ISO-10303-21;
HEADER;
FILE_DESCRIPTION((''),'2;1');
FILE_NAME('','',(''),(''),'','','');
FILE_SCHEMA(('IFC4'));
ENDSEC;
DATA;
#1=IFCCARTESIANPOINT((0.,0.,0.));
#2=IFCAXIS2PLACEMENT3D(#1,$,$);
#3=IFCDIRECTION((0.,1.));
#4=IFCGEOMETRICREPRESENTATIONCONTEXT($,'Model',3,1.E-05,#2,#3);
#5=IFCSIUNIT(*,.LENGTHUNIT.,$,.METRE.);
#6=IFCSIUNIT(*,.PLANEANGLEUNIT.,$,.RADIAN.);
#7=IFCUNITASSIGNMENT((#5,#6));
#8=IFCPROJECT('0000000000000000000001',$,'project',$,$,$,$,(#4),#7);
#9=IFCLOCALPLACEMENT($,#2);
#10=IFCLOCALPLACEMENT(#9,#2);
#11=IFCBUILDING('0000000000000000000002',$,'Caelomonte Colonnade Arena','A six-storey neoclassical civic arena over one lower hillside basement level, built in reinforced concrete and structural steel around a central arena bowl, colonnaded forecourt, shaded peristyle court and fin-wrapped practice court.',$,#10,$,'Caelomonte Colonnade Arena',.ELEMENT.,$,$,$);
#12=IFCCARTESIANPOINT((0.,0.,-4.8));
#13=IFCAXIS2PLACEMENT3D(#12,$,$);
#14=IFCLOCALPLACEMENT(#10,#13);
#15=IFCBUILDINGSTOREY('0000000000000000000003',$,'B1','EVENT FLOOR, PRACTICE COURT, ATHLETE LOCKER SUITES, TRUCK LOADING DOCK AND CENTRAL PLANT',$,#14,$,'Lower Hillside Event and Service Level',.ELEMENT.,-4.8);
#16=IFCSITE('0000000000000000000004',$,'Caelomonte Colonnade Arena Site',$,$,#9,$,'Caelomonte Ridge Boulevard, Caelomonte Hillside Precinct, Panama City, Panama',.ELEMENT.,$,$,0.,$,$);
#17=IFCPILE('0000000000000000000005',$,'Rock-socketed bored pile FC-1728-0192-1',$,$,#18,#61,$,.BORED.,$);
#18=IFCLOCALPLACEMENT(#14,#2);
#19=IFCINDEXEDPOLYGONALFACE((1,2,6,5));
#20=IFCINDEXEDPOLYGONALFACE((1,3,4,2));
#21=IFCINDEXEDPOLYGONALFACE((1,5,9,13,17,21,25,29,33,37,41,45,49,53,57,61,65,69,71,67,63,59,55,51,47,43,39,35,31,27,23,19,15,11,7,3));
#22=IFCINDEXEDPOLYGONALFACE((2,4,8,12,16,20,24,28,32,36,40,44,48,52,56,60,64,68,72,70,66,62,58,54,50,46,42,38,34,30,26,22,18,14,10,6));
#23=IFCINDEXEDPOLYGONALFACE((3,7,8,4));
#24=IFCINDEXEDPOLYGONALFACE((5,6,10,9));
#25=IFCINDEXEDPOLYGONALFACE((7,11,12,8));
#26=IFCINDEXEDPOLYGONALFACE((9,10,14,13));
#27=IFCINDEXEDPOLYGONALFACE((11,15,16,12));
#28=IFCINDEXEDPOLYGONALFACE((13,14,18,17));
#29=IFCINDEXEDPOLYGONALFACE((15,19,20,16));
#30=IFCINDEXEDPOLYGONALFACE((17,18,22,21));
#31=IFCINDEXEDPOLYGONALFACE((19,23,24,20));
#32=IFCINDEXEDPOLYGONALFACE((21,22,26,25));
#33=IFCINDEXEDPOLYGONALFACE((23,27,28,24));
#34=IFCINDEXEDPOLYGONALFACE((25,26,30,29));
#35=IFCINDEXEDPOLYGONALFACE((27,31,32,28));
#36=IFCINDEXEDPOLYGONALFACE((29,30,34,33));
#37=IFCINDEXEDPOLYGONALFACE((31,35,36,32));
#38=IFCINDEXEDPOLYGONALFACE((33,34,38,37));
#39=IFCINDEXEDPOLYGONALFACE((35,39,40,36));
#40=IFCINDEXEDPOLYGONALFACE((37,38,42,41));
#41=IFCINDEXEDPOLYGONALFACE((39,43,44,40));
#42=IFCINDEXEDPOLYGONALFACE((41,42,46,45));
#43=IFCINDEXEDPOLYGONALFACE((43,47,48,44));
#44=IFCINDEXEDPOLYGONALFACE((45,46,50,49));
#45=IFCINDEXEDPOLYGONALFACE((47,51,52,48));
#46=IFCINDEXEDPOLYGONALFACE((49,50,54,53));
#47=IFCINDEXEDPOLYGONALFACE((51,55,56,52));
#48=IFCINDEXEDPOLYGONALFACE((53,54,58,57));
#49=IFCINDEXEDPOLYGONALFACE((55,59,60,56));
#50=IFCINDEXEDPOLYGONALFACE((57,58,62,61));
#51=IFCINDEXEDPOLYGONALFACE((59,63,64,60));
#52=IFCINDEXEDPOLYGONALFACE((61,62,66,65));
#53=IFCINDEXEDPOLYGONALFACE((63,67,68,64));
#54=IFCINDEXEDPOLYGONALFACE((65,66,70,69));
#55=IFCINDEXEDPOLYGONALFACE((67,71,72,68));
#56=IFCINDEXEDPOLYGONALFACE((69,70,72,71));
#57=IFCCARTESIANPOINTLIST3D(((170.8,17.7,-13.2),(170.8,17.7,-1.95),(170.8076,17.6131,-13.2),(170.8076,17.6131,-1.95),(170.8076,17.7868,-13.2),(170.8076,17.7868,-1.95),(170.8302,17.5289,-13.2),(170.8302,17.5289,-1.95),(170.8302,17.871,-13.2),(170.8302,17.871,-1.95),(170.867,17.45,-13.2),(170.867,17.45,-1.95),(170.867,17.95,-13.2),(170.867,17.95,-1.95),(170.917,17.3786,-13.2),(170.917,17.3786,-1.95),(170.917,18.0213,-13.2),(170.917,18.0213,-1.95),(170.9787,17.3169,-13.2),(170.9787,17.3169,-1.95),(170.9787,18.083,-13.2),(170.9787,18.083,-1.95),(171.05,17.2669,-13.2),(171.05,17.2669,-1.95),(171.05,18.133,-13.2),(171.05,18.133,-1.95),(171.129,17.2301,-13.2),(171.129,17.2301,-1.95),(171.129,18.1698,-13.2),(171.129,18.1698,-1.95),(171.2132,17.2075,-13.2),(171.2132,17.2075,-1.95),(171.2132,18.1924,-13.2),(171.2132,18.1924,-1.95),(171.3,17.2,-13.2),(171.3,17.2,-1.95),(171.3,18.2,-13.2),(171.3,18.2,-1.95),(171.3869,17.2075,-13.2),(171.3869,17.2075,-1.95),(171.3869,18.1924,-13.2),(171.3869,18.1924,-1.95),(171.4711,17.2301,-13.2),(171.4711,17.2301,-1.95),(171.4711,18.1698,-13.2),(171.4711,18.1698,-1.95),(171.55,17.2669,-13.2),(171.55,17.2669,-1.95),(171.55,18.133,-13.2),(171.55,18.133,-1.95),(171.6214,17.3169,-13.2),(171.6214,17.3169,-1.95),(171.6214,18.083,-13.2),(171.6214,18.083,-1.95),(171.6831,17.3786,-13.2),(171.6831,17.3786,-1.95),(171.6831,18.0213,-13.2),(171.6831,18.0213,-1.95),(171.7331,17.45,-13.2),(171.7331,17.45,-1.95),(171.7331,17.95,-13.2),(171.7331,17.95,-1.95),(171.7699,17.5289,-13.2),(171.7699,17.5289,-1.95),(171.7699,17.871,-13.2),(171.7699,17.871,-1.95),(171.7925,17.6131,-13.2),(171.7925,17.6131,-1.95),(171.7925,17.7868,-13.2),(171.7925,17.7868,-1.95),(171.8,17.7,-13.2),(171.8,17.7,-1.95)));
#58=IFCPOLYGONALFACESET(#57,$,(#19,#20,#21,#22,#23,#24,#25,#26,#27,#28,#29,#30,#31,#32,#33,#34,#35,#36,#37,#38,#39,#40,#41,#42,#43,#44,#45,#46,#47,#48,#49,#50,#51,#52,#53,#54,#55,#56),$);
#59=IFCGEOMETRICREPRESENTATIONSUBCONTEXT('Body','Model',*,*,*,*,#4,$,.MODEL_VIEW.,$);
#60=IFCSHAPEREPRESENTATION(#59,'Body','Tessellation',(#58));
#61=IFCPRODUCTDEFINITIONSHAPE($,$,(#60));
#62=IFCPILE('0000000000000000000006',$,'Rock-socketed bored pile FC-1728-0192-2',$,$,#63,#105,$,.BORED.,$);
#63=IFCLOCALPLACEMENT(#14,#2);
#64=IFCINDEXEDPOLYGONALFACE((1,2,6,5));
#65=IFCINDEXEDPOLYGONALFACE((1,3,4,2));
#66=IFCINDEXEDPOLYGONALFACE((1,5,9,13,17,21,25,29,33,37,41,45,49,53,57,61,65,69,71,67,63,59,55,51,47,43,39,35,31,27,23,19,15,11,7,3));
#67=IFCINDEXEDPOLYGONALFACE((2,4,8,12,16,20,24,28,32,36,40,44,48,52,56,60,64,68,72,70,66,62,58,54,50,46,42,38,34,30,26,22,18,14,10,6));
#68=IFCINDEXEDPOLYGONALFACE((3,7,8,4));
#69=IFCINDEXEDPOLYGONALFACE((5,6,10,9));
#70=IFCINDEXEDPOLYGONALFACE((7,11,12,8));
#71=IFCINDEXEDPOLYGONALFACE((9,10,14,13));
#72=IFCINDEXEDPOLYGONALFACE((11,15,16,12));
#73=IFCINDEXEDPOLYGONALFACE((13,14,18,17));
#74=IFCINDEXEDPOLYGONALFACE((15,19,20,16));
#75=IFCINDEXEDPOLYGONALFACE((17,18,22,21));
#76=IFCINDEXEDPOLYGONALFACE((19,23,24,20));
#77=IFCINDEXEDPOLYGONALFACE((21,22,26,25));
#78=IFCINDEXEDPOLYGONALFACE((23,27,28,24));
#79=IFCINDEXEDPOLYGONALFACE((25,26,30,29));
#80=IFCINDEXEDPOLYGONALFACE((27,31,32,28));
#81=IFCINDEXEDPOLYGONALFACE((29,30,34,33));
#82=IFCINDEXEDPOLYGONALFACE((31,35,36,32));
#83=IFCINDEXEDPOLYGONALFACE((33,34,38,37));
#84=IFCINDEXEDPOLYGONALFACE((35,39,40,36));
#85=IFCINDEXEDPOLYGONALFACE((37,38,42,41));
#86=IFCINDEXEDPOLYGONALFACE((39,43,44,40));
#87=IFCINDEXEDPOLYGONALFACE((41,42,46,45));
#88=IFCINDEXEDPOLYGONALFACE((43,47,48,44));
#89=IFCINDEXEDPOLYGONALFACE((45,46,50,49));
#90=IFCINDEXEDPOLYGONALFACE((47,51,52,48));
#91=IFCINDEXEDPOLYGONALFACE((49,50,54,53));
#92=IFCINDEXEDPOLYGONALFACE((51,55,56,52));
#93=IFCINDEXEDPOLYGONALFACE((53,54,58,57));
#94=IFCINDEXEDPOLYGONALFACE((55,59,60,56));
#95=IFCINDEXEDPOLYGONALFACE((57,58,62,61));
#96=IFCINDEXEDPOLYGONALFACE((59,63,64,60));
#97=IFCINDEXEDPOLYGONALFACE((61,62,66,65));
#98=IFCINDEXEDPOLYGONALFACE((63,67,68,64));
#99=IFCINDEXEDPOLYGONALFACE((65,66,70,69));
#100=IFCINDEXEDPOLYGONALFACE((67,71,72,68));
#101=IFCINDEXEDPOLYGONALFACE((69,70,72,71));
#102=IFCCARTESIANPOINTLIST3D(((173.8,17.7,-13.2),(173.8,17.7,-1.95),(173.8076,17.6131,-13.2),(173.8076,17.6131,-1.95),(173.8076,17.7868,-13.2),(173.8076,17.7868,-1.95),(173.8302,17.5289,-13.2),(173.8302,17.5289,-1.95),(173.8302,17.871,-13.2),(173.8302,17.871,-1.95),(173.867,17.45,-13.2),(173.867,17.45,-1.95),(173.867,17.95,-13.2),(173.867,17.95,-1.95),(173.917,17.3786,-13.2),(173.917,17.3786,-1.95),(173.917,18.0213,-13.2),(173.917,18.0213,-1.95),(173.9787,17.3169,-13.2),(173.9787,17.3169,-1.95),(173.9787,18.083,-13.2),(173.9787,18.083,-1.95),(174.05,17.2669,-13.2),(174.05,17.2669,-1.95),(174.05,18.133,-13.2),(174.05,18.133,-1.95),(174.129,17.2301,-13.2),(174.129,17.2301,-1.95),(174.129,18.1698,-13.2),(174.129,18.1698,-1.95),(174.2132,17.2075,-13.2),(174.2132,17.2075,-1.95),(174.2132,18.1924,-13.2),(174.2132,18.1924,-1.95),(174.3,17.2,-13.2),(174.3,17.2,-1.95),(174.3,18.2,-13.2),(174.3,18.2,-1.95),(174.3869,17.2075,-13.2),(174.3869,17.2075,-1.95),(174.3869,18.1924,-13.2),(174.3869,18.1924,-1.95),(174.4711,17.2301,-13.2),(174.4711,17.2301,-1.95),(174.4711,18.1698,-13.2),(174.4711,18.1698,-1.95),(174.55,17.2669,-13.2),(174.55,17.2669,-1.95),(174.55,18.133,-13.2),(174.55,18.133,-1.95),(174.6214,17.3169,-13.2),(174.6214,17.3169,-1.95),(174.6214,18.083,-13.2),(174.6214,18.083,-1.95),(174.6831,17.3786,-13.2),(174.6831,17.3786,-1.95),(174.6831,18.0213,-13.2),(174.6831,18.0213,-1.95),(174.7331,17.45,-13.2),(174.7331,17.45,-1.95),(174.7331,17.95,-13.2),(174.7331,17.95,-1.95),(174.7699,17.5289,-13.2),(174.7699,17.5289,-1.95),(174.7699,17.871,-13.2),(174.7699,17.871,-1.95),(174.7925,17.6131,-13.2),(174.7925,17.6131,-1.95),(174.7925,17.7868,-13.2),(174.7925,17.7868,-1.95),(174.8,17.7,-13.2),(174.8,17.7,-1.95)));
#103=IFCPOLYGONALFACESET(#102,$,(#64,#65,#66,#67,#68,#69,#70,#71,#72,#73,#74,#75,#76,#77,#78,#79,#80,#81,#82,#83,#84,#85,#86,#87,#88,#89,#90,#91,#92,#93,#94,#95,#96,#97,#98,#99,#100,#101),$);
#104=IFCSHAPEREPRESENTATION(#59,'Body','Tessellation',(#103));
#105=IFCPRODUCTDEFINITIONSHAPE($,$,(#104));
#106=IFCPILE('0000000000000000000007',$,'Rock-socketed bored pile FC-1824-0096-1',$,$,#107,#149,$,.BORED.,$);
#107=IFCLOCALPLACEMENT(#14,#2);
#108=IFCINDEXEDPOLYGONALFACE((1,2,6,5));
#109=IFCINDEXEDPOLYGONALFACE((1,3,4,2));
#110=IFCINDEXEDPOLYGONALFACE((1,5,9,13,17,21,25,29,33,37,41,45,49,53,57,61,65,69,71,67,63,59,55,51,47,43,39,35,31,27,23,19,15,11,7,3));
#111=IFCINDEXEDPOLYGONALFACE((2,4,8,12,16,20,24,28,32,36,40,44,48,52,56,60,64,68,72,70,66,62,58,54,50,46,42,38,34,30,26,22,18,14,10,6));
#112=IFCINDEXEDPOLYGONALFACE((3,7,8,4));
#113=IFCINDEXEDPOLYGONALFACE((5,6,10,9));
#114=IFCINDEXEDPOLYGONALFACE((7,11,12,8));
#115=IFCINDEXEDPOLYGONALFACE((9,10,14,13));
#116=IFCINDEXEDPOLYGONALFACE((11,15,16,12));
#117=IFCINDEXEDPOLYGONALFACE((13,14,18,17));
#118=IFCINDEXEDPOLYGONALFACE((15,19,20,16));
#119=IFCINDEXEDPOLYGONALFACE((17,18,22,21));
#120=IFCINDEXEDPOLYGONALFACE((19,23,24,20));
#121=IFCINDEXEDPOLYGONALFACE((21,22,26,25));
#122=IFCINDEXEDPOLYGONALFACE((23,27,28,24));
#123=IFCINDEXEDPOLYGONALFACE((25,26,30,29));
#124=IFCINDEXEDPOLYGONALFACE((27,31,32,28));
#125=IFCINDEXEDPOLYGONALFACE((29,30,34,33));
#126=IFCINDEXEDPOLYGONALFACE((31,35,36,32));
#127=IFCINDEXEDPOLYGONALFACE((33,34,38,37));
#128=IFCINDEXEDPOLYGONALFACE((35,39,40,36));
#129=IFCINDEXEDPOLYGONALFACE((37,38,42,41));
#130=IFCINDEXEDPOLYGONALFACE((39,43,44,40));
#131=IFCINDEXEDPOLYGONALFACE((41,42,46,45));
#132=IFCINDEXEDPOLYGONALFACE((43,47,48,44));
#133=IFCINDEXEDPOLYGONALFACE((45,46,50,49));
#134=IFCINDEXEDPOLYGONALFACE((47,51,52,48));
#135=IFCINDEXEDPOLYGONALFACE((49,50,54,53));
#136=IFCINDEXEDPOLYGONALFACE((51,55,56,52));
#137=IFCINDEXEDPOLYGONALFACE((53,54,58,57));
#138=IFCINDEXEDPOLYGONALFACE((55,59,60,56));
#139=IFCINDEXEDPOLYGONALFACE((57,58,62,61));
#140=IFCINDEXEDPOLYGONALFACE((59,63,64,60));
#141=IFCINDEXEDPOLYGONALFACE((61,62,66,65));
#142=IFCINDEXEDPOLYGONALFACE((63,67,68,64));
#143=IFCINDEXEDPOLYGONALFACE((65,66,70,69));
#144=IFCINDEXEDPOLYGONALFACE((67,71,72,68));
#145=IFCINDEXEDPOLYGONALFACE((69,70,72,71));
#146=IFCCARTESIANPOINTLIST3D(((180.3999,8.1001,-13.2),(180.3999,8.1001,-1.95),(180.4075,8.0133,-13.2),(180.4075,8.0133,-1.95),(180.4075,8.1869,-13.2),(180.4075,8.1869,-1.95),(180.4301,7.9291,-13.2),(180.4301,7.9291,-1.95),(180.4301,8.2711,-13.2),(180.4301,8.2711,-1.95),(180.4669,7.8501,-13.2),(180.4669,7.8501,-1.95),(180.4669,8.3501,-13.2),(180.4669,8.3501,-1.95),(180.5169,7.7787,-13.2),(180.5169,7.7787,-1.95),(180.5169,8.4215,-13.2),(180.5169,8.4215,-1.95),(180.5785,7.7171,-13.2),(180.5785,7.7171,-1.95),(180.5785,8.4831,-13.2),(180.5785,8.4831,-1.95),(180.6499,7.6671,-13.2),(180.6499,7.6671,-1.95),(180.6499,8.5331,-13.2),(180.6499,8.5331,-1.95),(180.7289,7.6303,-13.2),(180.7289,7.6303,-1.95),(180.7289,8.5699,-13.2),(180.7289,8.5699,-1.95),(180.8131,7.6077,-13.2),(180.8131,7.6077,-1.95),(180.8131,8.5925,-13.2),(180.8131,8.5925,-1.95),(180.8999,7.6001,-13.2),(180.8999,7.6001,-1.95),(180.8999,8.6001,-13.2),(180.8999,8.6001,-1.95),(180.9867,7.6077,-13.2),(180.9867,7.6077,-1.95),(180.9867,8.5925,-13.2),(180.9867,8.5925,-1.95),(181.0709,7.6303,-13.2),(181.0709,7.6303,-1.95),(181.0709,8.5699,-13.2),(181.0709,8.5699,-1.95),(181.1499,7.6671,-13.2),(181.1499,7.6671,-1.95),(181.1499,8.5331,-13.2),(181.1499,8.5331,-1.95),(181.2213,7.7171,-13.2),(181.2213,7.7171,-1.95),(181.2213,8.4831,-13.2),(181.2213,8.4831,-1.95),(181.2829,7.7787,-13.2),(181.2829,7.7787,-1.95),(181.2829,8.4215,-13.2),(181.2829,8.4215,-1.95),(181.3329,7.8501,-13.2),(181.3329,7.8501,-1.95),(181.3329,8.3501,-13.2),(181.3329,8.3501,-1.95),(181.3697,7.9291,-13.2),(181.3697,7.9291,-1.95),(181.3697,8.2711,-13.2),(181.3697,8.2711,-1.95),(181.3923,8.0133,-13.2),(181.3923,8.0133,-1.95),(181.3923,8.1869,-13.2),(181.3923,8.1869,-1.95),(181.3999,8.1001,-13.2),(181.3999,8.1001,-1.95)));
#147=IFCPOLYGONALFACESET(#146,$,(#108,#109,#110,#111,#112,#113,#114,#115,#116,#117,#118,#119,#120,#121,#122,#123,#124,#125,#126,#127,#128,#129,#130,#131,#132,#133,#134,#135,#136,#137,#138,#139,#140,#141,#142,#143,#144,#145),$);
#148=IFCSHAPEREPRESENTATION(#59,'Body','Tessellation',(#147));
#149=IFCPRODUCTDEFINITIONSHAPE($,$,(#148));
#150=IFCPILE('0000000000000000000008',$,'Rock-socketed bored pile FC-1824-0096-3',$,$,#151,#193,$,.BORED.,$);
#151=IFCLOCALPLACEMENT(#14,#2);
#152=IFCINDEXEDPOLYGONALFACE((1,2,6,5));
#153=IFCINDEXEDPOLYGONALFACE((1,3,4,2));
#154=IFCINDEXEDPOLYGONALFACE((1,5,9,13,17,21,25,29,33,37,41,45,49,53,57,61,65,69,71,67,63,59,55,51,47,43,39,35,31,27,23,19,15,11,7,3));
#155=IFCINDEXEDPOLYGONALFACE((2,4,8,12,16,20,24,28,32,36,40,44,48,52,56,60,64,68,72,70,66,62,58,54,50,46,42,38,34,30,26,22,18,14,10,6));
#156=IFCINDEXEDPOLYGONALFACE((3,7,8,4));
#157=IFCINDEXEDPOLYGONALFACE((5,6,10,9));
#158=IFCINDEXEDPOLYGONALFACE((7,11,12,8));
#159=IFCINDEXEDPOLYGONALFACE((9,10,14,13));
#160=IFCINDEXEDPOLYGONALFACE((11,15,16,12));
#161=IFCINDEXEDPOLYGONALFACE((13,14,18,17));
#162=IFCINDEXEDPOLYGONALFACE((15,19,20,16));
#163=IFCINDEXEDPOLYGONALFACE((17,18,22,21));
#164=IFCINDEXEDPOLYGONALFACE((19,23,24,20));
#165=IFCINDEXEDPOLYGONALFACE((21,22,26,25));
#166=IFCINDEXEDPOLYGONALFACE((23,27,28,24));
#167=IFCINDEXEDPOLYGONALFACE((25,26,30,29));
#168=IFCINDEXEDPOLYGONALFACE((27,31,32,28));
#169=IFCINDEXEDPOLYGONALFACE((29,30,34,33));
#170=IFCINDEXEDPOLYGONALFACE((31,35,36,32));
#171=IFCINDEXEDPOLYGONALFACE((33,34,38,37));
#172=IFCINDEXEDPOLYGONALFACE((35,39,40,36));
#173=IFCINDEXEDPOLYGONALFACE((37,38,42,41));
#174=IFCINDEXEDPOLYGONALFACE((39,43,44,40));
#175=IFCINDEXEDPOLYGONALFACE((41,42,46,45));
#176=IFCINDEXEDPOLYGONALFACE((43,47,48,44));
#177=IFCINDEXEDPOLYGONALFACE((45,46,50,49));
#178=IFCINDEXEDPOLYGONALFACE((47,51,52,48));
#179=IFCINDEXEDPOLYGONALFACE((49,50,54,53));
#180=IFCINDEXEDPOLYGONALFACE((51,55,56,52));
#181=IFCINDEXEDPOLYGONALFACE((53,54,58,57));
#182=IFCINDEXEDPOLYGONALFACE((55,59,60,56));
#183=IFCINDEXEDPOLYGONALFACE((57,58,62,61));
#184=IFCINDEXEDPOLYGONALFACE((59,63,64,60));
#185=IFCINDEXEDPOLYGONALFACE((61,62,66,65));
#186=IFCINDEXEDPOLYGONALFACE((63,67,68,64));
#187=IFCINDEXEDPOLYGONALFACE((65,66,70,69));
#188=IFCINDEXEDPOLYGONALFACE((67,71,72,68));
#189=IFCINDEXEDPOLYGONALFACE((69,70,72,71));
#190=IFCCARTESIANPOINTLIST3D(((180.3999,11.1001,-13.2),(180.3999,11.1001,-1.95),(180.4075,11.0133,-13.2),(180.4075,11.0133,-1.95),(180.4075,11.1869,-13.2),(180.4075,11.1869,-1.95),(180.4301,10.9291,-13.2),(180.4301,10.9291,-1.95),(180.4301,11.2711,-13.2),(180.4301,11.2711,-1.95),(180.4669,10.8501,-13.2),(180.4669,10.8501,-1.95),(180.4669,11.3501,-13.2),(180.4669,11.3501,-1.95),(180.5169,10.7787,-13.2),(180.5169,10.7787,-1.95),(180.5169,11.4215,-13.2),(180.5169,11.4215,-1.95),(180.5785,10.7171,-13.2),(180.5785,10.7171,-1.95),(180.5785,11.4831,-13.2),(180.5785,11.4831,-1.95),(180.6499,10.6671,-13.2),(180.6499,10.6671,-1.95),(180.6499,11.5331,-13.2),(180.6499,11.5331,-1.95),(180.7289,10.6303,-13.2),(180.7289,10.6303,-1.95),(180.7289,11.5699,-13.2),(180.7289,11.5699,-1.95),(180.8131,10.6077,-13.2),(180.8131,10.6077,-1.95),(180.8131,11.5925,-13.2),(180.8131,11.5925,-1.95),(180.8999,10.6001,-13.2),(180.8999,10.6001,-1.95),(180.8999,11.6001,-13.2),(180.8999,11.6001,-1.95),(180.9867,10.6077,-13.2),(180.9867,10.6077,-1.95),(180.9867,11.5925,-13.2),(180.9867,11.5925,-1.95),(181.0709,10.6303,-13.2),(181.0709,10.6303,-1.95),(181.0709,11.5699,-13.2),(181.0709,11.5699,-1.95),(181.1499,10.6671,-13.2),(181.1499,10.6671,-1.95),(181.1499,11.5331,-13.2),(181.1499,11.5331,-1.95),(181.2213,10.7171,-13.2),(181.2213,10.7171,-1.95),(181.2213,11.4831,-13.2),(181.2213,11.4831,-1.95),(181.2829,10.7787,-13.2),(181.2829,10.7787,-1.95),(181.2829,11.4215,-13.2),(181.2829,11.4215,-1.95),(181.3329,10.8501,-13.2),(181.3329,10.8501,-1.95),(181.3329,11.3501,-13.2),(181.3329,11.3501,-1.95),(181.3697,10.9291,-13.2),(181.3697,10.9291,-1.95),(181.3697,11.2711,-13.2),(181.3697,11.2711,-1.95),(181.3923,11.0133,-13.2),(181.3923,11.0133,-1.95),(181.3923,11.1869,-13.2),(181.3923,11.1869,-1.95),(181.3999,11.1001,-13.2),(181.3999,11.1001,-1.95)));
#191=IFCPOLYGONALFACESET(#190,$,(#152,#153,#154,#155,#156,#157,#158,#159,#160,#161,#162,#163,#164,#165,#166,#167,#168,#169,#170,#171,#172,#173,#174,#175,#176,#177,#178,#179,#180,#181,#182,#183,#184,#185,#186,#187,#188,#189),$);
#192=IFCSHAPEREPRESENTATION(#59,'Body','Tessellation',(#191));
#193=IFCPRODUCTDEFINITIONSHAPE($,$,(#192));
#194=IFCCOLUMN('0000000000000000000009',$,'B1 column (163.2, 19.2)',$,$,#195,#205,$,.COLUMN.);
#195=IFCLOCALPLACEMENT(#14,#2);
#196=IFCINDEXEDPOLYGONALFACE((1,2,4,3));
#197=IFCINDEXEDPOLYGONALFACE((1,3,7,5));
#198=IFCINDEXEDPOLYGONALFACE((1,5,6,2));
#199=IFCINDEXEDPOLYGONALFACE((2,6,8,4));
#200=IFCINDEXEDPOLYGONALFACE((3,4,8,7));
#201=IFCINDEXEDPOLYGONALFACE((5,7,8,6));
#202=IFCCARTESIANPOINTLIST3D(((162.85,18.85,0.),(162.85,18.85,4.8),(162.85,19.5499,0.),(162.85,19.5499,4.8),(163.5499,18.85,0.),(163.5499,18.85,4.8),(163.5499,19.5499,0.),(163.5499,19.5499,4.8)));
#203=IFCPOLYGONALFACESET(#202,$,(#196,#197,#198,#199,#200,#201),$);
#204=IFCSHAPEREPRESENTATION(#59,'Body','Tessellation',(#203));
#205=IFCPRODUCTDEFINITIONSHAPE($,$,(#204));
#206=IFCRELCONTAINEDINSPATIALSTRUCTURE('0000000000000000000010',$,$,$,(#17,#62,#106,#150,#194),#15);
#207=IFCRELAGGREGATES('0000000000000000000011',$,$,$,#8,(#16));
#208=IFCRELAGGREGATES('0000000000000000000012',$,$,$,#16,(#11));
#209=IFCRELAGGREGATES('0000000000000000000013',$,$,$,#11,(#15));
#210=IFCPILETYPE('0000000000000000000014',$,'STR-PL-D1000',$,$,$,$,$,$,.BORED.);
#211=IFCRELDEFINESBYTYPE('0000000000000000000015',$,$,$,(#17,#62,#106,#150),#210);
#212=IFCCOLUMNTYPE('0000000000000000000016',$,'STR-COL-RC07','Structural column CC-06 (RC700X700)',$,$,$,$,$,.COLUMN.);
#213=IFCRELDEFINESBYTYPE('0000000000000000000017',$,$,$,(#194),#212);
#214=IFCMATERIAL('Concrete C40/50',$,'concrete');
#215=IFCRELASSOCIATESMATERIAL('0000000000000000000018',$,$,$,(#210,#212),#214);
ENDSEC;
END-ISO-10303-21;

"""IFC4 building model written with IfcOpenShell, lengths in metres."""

from ifc_helpers import new_model, si_unit, direction, frame, origin, origin_2d, place, context, subcontext, project, spatial, rectangle, circle, extrude, material, material_profile, profile_set, type_object, element, save


model = new_model("IFC4")

# Units and contexts
model_context = context("Model", 3, precision=1e-05, world=origin(), true_north=direction((0.0, 1.0)))
body_context = subcontext(model_context, "Body", "Model", "MODEL_VIEW")
ifc_project = project(units=[si_unit("LENGTHUNIT", "METRE"), si_unit("PLANEANGLEUNIT", "RADIAN")], contexts=[model_context])

# Site, building, storey
site_placement = place(None, origin())
site = spatial("IfcSite", under=ifc_project, at=site_placement, Name="Caelomonte Colonnade Arena Site", LongName="Caelomonte Ridge Boulevard, Caelomonte Hillside Precinct, Panama City, Panama", CompositionType="ELEMENT", RefElevation=0.0)
building_placement = place(site_placement, origin())
building = spatial("IfcBuilding", under=site, at=building_placement, Name="Caelomonte Colonnade Arena", Description="A six-storey neoclassical civic arena over one lower hillside basement level, built in reinforced concrete and structural steel around a central arena bowl, colonnaded forecourt, shaded peristyle court and fin-wrapped practice court.", LongName="Caelomonte Colonnade Arena", CompositionType="ELEMENT")
storey_placement = place(building_placement, frame((0.0, 0.0, -4.8)))
storey = spatial("IfcBuildingStorey", under=building, at=storey_placement, Name="B1", Description="EVENT FLOOR, PRACTICE COURT, ATHLETE LOCKER SUITES, TRUCK LOADING DOCK AND CENTRAL PLANT", LongName="Lower Hillside Event and Service Level", CompositionType="ELEMENT", Elevation=-4.8)

# Shared definitions
ifc_material_1 = material(Name="Concrete C40/50", Category="concrete")

# Piles
ifc_material_profile_1 = material_profile(ifc_material_1, circle(Radius=0.5, at=origin_2d()), Name="PILE-D1000")
ifc_profile_set_1 = profile_set([ifc_material_profile_1], Name="Concrete C40/50")
pile_type = type_object("IfcPileType", Name="STR-PL-D1000", PredefinedType="BORED", material=ifc_profile_set_1)
for number, where, z_axis, x_axis, name in (
    (1, (171.3, 17.7, -1.95), (0.0, 0.0, -1.0), (1.0, 0.0, 0.0), "Rock-socketed bored pile FC-1728-0192-1"),
    (2, (174.3, 17.7, -1.95), (0.0, 0.0, -1.0), (1.0, 0.0, 0.0), "Rock-socketed bored pile FC-1728-0192-2"),
    (3, (180.8999, 8.1001, -1.95), (0.0, 0.0, -1.0), (1.0, 0.0, 0.0), "Rock-socketed bored pile FC-1824-0096-1"),
    (4, (180.8999, 11.1001, -1.95), (0.0, 0.0, -1.0), (1.0, 0.0, 0.0), "Rock-socketed bored pile FC-1824-0096-3"),
):
    element("IfcPile", number, at=place(storey_placement, frame(where, z_axis=z_axis, x_axis=x_axis)), inside=storey, type_object=pile_type, Name=name, PredefinedType="BORED", context=body_context, shape_type="SweptSolid", body=[
        extrude(circle(Radius=0.5, at=origin_2d()), origin(), (0.0, 0.0, 1.0), 11.25),
    ])

# Column
ifc_material_profile_2 = material_profile(ifc_material_1, rectangle(XDim=0.7, YDim=0.7, at=origin_2d()), Name="RC700X700")
ifc_profile_set_2 = profile_set([ifc_material_profile_2], Name="Concrete C40/50")
column_type_1 = type_object("IfcColumnType", Name="STR-COL-RC07", Description="Structural column CC-06 (RC700X700)", PredefinedType="COLUMN", material=ifc_profile_set_2)
for number, where, z_axis, x_axis, name in (
    (5, (163.2, 19.2, 0.0), (0.0, 0.0, 1.0), (1.0, 0.0, 0.0), "B1 column (163.2, 19.2)"),
):
    element("IfcColumn", number, at=place(storey_placement, frame(where, z_axis=z_axis, x_axis=x_axis)), inside=storey, type_object=column_type_1, Name=name, PredefinedType="COLUMN", context=body_context, shape_type="SweptSolid", body=[
        extrude(rectangle(XDim=0.7, YDim=0.7, at=origin_2d()), origin(), (0.0, 0.0, 1.0), 4.8),
    ])

save(model, "model.ifc")
